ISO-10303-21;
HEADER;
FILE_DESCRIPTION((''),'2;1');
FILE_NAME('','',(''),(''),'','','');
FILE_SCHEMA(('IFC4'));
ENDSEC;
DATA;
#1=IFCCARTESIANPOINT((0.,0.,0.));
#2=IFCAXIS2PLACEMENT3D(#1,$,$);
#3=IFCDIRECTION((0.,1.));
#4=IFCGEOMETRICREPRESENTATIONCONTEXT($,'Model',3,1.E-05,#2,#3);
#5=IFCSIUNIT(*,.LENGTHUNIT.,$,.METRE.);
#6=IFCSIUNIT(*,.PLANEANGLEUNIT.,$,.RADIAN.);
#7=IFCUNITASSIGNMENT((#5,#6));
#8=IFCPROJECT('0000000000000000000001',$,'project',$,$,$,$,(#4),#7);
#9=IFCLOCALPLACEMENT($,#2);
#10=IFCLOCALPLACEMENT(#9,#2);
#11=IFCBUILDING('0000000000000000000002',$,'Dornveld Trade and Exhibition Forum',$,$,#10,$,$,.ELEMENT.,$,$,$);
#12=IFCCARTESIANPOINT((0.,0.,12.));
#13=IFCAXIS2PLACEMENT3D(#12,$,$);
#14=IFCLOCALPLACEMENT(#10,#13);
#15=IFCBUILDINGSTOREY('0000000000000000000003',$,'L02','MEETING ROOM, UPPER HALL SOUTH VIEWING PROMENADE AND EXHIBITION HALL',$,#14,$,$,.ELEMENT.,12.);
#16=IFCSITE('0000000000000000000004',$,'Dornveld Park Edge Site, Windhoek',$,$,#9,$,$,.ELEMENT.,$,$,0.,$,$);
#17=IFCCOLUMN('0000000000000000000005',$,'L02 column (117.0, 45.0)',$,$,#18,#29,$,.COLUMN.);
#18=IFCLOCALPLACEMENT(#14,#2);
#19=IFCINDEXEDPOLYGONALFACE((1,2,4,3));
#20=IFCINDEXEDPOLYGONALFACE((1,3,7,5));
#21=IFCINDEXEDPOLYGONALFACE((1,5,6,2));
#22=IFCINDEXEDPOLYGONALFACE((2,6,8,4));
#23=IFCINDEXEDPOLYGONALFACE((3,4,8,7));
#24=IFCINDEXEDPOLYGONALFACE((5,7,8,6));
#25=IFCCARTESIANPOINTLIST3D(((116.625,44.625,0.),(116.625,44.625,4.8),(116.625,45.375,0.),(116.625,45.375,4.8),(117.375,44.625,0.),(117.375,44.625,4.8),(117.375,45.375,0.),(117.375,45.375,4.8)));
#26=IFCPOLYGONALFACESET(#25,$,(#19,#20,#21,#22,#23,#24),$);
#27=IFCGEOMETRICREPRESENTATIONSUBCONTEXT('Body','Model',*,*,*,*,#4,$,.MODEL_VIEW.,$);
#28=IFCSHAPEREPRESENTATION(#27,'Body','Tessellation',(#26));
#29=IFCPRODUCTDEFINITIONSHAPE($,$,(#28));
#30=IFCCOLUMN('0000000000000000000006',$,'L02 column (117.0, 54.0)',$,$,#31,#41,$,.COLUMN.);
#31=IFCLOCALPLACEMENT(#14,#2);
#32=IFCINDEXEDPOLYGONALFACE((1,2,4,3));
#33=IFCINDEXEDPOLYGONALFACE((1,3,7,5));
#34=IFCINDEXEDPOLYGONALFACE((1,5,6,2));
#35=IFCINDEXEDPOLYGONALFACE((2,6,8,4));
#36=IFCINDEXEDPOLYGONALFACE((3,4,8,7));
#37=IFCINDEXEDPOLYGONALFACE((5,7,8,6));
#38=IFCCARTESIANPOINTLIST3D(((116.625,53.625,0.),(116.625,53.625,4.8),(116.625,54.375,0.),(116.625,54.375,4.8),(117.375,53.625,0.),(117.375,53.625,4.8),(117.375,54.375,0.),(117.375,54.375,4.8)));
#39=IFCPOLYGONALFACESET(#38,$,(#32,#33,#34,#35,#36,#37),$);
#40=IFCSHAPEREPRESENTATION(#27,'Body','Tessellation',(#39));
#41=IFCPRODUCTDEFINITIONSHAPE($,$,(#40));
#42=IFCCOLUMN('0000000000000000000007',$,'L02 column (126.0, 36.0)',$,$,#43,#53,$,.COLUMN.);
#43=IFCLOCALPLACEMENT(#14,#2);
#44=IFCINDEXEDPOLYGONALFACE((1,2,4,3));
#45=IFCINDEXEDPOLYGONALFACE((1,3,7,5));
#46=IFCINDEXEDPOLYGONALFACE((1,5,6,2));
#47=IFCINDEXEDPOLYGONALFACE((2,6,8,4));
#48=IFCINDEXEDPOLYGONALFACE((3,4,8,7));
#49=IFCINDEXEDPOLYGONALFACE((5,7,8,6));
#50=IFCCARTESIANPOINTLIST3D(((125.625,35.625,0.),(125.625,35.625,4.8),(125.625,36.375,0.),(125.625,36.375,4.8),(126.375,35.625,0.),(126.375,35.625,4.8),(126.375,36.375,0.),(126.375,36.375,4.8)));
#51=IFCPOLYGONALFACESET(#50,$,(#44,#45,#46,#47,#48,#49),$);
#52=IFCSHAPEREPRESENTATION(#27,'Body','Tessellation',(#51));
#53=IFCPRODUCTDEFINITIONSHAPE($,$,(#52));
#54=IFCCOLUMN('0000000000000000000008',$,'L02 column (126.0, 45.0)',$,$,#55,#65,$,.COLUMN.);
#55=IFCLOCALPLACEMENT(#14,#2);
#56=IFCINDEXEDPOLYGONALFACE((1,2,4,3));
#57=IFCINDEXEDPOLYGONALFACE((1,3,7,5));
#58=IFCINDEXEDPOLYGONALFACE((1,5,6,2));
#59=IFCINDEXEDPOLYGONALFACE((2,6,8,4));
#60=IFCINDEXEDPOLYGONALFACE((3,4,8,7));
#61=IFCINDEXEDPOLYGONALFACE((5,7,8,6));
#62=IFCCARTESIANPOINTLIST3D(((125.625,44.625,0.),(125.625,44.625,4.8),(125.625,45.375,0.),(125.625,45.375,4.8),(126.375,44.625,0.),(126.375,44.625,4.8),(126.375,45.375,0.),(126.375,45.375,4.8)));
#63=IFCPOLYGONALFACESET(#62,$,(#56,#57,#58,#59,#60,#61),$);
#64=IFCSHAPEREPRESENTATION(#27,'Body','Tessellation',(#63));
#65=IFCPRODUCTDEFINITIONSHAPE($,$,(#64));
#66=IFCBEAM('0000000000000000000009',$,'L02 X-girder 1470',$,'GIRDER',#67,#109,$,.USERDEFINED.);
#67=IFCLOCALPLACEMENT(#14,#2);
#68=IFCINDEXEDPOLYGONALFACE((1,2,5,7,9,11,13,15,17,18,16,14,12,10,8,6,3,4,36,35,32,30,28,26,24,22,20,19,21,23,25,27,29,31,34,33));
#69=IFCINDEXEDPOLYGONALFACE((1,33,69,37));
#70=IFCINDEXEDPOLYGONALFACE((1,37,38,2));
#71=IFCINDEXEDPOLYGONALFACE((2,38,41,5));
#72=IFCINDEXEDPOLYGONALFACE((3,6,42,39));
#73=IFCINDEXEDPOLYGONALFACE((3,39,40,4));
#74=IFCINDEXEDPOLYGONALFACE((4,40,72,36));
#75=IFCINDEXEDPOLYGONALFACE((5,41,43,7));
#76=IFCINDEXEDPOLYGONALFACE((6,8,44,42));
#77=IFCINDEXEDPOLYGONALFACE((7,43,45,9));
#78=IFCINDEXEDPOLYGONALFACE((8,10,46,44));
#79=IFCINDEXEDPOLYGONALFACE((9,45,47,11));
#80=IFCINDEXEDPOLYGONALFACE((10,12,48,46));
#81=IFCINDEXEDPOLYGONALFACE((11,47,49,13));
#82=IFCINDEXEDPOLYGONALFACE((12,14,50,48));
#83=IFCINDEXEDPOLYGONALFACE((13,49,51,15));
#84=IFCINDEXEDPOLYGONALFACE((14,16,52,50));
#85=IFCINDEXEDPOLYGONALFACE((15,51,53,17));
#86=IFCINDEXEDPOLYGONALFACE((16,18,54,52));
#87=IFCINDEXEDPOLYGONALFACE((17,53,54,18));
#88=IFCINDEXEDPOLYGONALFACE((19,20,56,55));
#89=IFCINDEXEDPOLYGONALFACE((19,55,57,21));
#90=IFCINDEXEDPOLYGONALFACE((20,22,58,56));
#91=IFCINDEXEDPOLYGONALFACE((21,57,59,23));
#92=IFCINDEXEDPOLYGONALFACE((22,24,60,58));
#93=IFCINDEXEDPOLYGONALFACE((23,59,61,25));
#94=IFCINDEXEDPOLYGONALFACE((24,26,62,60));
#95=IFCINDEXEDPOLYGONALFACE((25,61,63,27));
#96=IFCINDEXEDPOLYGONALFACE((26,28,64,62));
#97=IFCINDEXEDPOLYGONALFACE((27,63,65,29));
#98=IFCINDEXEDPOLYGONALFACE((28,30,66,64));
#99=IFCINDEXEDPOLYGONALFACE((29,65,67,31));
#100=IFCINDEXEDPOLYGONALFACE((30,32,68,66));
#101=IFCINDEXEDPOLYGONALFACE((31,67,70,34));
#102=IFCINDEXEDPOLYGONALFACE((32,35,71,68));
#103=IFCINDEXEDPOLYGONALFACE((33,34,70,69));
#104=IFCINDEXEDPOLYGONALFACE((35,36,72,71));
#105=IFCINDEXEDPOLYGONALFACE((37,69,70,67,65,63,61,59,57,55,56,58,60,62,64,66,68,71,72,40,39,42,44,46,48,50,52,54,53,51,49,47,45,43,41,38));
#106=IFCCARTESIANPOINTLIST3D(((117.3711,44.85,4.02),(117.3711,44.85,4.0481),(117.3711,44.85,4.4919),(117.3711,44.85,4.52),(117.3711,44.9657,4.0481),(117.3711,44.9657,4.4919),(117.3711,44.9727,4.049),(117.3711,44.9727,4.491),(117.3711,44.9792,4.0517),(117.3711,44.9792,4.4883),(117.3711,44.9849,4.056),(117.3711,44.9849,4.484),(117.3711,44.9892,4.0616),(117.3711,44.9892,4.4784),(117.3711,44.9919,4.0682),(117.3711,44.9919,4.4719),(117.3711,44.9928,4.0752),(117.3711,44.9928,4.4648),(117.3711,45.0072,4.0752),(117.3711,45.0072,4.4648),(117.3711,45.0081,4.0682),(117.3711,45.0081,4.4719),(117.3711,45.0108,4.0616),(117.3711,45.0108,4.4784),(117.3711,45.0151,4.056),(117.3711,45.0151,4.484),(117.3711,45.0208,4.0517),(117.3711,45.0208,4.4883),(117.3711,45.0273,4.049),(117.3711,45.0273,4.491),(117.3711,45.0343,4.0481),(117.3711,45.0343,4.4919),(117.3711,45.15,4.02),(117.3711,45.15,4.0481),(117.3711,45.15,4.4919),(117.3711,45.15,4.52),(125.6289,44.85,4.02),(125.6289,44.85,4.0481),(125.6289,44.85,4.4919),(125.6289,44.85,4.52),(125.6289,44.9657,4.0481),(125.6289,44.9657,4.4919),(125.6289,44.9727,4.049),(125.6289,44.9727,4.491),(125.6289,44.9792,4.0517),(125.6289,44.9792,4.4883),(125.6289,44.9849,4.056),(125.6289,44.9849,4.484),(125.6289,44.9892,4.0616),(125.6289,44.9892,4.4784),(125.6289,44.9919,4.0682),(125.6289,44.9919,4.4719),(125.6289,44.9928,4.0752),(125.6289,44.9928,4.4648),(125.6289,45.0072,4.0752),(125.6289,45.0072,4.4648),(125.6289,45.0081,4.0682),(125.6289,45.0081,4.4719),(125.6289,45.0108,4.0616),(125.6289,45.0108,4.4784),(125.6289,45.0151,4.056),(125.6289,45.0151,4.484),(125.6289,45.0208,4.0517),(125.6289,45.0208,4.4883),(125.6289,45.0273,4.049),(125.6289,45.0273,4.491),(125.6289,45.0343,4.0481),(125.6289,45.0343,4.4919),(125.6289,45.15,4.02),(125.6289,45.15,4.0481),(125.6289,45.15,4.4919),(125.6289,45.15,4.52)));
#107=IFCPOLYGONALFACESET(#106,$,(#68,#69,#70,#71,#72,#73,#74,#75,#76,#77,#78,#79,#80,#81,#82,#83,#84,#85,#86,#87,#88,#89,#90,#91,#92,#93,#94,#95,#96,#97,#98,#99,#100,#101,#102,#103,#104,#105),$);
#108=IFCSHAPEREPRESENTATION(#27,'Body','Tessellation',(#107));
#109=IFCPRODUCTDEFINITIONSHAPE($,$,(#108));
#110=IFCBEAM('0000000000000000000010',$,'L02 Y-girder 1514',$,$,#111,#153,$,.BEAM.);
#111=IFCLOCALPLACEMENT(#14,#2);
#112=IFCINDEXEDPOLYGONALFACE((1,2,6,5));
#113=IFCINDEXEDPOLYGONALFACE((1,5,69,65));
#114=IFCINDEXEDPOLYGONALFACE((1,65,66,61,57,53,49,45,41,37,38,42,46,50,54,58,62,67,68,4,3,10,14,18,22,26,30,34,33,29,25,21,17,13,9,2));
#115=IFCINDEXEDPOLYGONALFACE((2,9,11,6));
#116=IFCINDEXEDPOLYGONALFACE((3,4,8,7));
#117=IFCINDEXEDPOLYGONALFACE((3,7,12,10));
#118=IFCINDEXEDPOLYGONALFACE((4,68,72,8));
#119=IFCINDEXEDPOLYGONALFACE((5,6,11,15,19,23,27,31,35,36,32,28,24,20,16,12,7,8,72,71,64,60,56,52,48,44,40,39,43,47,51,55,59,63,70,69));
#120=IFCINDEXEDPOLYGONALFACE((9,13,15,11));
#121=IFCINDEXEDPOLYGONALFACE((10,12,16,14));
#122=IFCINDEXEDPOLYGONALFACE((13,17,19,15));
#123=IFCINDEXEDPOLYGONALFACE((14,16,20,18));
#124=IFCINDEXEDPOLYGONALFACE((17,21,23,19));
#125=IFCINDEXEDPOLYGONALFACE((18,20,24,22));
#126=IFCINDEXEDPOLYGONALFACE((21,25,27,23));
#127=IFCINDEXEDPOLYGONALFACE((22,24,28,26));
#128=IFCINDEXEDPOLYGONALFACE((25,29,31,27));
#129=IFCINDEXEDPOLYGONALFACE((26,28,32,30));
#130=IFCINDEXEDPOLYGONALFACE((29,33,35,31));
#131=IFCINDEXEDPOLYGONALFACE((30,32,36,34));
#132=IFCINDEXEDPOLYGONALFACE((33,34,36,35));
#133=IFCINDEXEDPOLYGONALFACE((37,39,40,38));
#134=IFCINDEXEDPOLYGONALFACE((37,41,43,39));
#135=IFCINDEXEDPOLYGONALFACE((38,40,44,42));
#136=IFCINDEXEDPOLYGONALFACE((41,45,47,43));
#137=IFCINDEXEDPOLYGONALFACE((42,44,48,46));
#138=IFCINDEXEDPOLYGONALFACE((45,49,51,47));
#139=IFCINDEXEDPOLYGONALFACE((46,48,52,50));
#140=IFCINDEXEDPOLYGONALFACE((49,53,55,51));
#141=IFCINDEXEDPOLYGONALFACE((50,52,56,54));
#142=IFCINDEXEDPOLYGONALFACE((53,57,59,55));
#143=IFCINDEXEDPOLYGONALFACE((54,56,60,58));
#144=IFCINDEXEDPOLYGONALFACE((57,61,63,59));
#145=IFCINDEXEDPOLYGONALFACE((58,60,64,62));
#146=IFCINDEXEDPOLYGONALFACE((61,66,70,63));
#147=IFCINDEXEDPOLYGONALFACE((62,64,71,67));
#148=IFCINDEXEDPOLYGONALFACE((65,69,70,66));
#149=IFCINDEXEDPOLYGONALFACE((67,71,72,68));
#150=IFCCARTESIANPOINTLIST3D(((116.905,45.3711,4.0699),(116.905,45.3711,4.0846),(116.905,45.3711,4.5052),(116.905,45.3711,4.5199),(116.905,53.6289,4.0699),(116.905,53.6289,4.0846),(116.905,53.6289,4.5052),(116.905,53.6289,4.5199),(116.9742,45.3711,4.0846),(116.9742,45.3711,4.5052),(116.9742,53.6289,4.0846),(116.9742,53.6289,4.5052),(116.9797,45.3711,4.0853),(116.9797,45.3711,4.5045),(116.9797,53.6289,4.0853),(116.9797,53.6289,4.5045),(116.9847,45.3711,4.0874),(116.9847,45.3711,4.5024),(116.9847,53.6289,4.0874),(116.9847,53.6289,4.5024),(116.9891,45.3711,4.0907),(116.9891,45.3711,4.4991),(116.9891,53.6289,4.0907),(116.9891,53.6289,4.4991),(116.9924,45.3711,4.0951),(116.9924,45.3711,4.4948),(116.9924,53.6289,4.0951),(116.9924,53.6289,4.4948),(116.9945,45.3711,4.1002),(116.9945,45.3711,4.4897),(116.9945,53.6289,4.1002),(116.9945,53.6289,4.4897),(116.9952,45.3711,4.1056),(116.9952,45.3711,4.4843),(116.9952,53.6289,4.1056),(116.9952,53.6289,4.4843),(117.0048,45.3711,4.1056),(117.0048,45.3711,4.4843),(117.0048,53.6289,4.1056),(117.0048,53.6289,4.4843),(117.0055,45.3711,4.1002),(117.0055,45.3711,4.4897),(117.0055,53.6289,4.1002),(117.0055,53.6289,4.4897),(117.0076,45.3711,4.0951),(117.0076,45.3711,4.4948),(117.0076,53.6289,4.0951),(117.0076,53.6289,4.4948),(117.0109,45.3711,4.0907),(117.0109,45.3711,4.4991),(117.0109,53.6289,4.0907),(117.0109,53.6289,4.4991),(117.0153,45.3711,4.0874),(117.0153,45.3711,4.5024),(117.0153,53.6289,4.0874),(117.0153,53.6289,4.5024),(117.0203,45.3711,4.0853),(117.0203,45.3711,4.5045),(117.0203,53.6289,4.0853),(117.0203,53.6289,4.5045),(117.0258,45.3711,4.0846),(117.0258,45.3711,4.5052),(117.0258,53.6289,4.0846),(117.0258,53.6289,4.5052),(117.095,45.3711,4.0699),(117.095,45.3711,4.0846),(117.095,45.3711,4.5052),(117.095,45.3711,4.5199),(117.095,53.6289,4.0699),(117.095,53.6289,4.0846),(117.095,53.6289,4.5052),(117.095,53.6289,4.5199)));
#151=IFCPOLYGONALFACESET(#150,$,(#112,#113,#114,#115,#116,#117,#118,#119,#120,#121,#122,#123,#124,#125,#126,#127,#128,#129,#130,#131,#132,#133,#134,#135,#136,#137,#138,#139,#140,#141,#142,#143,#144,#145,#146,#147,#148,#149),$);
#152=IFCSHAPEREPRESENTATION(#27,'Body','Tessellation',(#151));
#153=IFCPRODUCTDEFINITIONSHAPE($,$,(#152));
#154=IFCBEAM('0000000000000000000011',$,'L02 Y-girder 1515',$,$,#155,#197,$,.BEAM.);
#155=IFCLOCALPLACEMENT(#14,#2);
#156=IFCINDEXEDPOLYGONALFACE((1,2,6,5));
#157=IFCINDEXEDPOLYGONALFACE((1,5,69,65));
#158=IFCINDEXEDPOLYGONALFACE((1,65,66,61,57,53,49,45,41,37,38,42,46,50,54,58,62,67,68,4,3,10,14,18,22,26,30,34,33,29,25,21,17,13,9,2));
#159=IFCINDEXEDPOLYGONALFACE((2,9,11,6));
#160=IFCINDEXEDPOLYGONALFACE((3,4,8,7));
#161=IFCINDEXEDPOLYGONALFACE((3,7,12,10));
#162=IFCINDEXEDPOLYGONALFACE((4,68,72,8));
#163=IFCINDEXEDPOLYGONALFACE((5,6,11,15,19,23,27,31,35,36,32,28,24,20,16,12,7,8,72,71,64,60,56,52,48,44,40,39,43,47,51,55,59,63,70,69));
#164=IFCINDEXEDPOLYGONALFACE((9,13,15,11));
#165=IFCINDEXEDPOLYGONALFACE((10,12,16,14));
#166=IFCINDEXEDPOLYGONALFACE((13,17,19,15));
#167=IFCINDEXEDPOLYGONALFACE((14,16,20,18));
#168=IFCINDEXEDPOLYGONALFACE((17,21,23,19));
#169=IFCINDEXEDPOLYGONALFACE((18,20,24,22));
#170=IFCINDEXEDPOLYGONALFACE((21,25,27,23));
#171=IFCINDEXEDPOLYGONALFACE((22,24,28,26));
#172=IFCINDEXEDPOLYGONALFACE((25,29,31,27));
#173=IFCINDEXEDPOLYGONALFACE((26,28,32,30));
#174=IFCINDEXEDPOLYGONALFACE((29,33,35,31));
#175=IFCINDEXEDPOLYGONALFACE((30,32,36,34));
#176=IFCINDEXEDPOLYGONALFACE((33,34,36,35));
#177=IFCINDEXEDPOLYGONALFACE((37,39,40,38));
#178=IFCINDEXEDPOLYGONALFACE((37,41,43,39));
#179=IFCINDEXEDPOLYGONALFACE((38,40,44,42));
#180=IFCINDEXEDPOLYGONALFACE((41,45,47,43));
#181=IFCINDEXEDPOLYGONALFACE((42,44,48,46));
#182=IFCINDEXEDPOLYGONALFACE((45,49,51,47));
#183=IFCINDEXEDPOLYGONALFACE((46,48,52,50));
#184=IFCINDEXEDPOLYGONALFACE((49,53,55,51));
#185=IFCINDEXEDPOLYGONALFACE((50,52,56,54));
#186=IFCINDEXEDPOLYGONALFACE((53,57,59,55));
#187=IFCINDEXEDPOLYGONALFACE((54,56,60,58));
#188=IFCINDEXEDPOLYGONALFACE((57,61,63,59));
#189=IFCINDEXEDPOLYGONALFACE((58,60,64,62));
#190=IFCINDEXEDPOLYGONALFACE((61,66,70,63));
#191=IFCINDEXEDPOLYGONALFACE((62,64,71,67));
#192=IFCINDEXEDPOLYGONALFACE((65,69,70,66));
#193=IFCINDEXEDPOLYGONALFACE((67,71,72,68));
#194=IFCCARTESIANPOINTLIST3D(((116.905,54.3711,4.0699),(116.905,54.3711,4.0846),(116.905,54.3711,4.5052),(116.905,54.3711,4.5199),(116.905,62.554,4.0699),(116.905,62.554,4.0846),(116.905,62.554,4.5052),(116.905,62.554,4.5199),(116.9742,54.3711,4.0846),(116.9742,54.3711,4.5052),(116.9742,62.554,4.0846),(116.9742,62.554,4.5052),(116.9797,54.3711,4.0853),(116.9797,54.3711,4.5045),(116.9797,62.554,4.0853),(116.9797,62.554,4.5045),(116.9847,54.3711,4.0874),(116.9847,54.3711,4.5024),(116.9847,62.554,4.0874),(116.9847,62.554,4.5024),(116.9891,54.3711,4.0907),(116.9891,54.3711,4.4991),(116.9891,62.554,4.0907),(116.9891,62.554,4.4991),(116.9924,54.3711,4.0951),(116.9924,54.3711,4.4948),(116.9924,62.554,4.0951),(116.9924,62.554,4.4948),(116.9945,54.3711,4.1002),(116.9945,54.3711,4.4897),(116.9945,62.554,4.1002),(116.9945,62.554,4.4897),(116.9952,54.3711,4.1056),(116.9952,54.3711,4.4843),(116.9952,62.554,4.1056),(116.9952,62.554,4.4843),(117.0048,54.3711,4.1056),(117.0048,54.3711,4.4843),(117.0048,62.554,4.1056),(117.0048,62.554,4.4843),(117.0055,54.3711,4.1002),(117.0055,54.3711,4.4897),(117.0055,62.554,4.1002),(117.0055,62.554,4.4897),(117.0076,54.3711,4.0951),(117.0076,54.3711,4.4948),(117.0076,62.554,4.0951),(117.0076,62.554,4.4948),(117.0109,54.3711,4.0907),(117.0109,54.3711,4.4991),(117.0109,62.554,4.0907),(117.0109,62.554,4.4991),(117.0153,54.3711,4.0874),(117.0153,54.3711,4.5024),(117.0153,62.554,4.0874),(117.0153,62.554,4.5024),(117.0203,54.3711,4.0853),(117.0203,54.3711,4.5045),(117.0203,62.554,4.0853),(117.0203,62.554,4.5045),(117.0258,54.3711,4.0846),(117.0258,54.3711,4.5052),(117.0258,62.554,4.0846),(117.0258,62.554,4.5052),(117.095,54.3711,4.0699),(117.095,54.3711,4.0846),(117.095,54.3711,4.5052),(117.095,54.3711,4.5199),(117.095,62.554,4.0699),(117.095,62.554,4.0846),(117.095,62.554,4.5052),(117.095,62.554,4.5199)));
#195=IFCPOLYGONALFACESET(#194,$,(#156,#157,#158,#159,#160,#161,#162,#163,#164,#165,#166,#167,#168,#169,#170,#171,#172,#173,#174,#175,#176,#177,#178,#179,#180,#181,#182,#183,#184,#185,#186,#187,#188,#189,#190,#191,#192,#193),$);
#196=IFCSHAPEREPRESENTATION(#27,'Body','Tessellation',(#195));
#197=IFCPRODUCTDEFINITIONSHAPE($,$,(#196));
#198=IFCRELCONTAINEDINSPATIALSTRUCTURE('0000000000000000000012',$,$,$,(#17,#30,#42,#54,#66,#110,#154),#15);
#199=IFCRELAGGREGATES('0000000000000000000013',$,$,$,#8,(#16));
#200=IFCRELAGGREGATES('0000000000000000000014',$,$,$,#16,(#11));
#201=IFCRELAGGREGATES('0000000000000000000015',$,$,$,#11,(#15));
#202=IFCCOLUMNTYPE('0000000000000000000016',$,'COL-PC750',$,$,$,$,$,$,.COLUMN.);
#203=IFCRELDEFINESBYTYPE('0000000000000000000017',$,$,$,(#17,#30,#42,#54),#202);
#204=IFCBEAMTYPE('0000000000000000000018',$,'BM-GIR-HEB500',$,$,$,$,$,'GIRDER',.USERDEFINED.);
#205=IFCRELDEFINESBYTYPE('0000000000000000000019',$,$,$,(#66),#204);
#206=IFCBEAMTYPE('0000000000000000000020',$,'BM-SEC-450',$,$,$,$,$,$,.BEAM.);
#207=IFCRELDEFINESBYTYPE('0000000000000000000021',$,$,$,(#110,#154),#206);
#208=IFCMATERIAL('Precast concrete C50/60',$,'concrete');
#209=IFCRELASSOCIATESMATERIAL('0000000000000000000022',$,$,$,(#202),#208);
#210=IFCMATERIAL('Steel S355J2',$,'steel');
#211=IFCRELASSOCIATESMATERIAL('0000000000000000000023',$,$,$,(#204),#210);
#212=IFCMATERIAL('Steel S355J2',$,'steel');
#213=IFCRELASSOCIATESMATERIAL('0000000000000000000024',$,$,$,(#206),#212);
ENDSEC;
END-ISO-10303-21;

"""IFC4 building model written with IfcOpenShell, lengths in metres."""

from ifc_helpers import new_model, si_unit, direction, frame, origin, origin_2d, place, context, subcontext, project, spatial, rectangle, i_section, extrude, material, material_profile, profile_set, type_object, element, save


model = new_model("IFC4")

# Units and contexts
model_context = context("Model", 3, precision=1e-05, world=origin(), true_north=direction((0.0, 1.0)))
body_context = subcontext(model_context, "Body", "Model", "MODEL_VIEW")
ifc_project = project(units=[si_unit("LENGTHUNIT", "METRE"), si_unit("PLANEANGLEUNIT", "RADIAN")], contexts=[model_context])

# Site, building, storey
site_placement = place(None, origin())
site = spatial("IfcSite", under=ifc_project, at=site_placement, Name="Dornveld Park Edge Site, Windhoek", CompositionType="ELEMENT", RefElevation=0.0)
building_placement = place(site_placement, origin())
building = spatial("IfcBuilding", under=site, at=building_placement, Name="Dornveld Trade and Exhibition Forum", CompositionType="ELEMENT")
storey_placement = place(building_placement, frame((0.0, 0.0, 12.0)))
storey = spatial("IfcBuildingStorey", under=building, at=storey_placement, Name="L02", Description="MEETING ROOM, UPPER HALL SOUTH VIEWING PROMENADE AND EXHIBITION HALL", CompositionType="ELEMENT", Elevation=12.0)

# Columns
ifc_material_1 = material(Name="Precast concrete C50/60", Category="concrete")
ifc_material_profile_1 = material_profile(ifc_material_1, rectangle(XDim=0.75, YDim=0.75, at=origin_2d()), Name="PC-COL 750x750")
ifc_profile_set_1 = profile_set([ifc_material_profile_1], Name="Precast concrete C50/60")
column_type = type_object("IfcColumnType", Name="COL-PC750", PredefinedType="COLUMN", material=ifc_profile_set_1)
for number, where, z_axis, x_axis, name in (
    (1, (117.0, 45.0, 0.0), (0.0, 0.0, 1.0), (1.0, 0.0, 0.0), "L02 column (117.0, 45.0)"),
    (2, (117.0, 54.0, 0.0), (0.0, 0.0, 1.0), (1.0, 0.0, 0.0), "L02 column (117.0, 54.0)"),
    (3, (126.0, 36.0, 0.0), (0.0, 0.0, 1.0), (1.0, 0.0, 0.0), "L02 column (126.0, 36.0)"),
    (4, (126.0, 45.0, 0.0), (0.0, 0.0, 1.0), (1.0, 0.0, 0.0), "L02 column (126.0, 45.0)"),
):
    element("IfcColumn", number, at=place(storey_placement, frame(where, z_axis=z_axis, x_axis=x_axis)), inside=storey, type_object=column_type, Name=name, PredefinedType="COLUMN", context=body_context, shape_type="SweptSolid", body=[
        extrude(rectangle(XDim=0.75, YDim=0.75, at=origin_2d()), origin(), (0.0, 0.0, 1.0), 4.8),
    ])

# Beams
ifc_material_2 = material(Name="Steel S355J2", Category="steel")
ifc_material_profile_2 = material_profile(ifc_material_2, i_section(OverallWidth=0.3, OverallDepth=0.5, WebThickness=0.0144, FlangeThickness=0.0281, FilletRadius=0.0271, at=origin_2d()), Name="HEB 500")
ifc_profile_set_2 = profile_set([ifc_material_profile_2], Name="Steel S355J2")
beam_type_1 = type_object("IfcBeamType", Name="BM-GIR-HEB500", ElementType="GIRDER", PredefinedType="USERDEFINED", material=ifc_profile_set_2)
beam_1_placement = place(storey_placement, frame((117.3711, 45.0, 4.27), z_axis=(1.0, 0.0, 0.0), x_axis=(0.0, 1.0, 0.0)))
element("IfcBeam", 5, at=beam_1_placement, inside=storey, type_object=beam_type_1, Name="L02 X-girder 1470", ObjectType="GIRDER", PredefinedType="USERDEFINED", context=body_context, shape_type="SweptSolid", body=[
    extrude(i_section(OverallWidth=0.3, OverallDepth=0.5, WebThickness=0.0144, FlangeThickness=0.0281, FilletRadius=0.0271, at=origin_2d()), origin(), (0.0, 0.0, 1.0), 8.2578),
])
ifc_material_3 = material(Name="Steel S355J2", Category="steel")
ifc_material_profile_3 = material_profile(ifc_material_3, i_section(OverallWidth=0.1899, OverallDepth=0.45, WebThickness=0.0095, FlangeThickness=0.0146, FilletRadius=0.021, at=origin_2d()), Name="IPE 450")
ifc_profile_set_3 = profile_set([ifc_material_profile_3], Name="Steel S355J2")
beam_type_2 = type_object("IfcBeamType", Name="BM-SEC-450", PredefinedType="BEAM", material=ifc_profile_set_3)
beam_2_placement = place(storey_placement, frame((117.0, 45.3711, 4.2949), z_axis=(0.0, 1.0, 0.0), x_axis=(-1.0, 0.0, 0.0)))
element("IfcBeam", 6, at=beam_2_placement, inside=storey, type_object=beam_type_2, Name="L02 Y-girder 1514", PredefinedType="BEAM", context=body_context, shape_type="SweptSolid", body=[
    extrude(i_section(OverallWidth=0.1899, OverallDepth=0.45, WebThickness=0.0095, FlangeThickness=0.0146, FilletRadius=0.021, at=origin_2d()), origin(), (0.0, 0.0, 1.0), 8.2578),
])
beam_3_placement = place(storey_placement, frame((117.0, 54.3711, 4.2949), z_axis=(0.0, 1.0, 0.0), x_axis=(-1.0, 0.0, 0.0)))
element("IfcBeam", 7, at=beam_3_placement, inside=storey, type_object=beam_type_2, Name="L02 Y-girder 1515", PredefinedType="BEAM", context=body_context, shape_type="SweptSolid", body=[
    extrude(i_section(OverallWidth=0.1899, OverallDepth=0.45, WebThickness=0.0095, FlangeThickness=0.0146, FilletRadius=0.021, at=origin_2d()), origin(), (0.0, 0.0, 1.0), 8.1829),
])

save(model, "model.ifc")
